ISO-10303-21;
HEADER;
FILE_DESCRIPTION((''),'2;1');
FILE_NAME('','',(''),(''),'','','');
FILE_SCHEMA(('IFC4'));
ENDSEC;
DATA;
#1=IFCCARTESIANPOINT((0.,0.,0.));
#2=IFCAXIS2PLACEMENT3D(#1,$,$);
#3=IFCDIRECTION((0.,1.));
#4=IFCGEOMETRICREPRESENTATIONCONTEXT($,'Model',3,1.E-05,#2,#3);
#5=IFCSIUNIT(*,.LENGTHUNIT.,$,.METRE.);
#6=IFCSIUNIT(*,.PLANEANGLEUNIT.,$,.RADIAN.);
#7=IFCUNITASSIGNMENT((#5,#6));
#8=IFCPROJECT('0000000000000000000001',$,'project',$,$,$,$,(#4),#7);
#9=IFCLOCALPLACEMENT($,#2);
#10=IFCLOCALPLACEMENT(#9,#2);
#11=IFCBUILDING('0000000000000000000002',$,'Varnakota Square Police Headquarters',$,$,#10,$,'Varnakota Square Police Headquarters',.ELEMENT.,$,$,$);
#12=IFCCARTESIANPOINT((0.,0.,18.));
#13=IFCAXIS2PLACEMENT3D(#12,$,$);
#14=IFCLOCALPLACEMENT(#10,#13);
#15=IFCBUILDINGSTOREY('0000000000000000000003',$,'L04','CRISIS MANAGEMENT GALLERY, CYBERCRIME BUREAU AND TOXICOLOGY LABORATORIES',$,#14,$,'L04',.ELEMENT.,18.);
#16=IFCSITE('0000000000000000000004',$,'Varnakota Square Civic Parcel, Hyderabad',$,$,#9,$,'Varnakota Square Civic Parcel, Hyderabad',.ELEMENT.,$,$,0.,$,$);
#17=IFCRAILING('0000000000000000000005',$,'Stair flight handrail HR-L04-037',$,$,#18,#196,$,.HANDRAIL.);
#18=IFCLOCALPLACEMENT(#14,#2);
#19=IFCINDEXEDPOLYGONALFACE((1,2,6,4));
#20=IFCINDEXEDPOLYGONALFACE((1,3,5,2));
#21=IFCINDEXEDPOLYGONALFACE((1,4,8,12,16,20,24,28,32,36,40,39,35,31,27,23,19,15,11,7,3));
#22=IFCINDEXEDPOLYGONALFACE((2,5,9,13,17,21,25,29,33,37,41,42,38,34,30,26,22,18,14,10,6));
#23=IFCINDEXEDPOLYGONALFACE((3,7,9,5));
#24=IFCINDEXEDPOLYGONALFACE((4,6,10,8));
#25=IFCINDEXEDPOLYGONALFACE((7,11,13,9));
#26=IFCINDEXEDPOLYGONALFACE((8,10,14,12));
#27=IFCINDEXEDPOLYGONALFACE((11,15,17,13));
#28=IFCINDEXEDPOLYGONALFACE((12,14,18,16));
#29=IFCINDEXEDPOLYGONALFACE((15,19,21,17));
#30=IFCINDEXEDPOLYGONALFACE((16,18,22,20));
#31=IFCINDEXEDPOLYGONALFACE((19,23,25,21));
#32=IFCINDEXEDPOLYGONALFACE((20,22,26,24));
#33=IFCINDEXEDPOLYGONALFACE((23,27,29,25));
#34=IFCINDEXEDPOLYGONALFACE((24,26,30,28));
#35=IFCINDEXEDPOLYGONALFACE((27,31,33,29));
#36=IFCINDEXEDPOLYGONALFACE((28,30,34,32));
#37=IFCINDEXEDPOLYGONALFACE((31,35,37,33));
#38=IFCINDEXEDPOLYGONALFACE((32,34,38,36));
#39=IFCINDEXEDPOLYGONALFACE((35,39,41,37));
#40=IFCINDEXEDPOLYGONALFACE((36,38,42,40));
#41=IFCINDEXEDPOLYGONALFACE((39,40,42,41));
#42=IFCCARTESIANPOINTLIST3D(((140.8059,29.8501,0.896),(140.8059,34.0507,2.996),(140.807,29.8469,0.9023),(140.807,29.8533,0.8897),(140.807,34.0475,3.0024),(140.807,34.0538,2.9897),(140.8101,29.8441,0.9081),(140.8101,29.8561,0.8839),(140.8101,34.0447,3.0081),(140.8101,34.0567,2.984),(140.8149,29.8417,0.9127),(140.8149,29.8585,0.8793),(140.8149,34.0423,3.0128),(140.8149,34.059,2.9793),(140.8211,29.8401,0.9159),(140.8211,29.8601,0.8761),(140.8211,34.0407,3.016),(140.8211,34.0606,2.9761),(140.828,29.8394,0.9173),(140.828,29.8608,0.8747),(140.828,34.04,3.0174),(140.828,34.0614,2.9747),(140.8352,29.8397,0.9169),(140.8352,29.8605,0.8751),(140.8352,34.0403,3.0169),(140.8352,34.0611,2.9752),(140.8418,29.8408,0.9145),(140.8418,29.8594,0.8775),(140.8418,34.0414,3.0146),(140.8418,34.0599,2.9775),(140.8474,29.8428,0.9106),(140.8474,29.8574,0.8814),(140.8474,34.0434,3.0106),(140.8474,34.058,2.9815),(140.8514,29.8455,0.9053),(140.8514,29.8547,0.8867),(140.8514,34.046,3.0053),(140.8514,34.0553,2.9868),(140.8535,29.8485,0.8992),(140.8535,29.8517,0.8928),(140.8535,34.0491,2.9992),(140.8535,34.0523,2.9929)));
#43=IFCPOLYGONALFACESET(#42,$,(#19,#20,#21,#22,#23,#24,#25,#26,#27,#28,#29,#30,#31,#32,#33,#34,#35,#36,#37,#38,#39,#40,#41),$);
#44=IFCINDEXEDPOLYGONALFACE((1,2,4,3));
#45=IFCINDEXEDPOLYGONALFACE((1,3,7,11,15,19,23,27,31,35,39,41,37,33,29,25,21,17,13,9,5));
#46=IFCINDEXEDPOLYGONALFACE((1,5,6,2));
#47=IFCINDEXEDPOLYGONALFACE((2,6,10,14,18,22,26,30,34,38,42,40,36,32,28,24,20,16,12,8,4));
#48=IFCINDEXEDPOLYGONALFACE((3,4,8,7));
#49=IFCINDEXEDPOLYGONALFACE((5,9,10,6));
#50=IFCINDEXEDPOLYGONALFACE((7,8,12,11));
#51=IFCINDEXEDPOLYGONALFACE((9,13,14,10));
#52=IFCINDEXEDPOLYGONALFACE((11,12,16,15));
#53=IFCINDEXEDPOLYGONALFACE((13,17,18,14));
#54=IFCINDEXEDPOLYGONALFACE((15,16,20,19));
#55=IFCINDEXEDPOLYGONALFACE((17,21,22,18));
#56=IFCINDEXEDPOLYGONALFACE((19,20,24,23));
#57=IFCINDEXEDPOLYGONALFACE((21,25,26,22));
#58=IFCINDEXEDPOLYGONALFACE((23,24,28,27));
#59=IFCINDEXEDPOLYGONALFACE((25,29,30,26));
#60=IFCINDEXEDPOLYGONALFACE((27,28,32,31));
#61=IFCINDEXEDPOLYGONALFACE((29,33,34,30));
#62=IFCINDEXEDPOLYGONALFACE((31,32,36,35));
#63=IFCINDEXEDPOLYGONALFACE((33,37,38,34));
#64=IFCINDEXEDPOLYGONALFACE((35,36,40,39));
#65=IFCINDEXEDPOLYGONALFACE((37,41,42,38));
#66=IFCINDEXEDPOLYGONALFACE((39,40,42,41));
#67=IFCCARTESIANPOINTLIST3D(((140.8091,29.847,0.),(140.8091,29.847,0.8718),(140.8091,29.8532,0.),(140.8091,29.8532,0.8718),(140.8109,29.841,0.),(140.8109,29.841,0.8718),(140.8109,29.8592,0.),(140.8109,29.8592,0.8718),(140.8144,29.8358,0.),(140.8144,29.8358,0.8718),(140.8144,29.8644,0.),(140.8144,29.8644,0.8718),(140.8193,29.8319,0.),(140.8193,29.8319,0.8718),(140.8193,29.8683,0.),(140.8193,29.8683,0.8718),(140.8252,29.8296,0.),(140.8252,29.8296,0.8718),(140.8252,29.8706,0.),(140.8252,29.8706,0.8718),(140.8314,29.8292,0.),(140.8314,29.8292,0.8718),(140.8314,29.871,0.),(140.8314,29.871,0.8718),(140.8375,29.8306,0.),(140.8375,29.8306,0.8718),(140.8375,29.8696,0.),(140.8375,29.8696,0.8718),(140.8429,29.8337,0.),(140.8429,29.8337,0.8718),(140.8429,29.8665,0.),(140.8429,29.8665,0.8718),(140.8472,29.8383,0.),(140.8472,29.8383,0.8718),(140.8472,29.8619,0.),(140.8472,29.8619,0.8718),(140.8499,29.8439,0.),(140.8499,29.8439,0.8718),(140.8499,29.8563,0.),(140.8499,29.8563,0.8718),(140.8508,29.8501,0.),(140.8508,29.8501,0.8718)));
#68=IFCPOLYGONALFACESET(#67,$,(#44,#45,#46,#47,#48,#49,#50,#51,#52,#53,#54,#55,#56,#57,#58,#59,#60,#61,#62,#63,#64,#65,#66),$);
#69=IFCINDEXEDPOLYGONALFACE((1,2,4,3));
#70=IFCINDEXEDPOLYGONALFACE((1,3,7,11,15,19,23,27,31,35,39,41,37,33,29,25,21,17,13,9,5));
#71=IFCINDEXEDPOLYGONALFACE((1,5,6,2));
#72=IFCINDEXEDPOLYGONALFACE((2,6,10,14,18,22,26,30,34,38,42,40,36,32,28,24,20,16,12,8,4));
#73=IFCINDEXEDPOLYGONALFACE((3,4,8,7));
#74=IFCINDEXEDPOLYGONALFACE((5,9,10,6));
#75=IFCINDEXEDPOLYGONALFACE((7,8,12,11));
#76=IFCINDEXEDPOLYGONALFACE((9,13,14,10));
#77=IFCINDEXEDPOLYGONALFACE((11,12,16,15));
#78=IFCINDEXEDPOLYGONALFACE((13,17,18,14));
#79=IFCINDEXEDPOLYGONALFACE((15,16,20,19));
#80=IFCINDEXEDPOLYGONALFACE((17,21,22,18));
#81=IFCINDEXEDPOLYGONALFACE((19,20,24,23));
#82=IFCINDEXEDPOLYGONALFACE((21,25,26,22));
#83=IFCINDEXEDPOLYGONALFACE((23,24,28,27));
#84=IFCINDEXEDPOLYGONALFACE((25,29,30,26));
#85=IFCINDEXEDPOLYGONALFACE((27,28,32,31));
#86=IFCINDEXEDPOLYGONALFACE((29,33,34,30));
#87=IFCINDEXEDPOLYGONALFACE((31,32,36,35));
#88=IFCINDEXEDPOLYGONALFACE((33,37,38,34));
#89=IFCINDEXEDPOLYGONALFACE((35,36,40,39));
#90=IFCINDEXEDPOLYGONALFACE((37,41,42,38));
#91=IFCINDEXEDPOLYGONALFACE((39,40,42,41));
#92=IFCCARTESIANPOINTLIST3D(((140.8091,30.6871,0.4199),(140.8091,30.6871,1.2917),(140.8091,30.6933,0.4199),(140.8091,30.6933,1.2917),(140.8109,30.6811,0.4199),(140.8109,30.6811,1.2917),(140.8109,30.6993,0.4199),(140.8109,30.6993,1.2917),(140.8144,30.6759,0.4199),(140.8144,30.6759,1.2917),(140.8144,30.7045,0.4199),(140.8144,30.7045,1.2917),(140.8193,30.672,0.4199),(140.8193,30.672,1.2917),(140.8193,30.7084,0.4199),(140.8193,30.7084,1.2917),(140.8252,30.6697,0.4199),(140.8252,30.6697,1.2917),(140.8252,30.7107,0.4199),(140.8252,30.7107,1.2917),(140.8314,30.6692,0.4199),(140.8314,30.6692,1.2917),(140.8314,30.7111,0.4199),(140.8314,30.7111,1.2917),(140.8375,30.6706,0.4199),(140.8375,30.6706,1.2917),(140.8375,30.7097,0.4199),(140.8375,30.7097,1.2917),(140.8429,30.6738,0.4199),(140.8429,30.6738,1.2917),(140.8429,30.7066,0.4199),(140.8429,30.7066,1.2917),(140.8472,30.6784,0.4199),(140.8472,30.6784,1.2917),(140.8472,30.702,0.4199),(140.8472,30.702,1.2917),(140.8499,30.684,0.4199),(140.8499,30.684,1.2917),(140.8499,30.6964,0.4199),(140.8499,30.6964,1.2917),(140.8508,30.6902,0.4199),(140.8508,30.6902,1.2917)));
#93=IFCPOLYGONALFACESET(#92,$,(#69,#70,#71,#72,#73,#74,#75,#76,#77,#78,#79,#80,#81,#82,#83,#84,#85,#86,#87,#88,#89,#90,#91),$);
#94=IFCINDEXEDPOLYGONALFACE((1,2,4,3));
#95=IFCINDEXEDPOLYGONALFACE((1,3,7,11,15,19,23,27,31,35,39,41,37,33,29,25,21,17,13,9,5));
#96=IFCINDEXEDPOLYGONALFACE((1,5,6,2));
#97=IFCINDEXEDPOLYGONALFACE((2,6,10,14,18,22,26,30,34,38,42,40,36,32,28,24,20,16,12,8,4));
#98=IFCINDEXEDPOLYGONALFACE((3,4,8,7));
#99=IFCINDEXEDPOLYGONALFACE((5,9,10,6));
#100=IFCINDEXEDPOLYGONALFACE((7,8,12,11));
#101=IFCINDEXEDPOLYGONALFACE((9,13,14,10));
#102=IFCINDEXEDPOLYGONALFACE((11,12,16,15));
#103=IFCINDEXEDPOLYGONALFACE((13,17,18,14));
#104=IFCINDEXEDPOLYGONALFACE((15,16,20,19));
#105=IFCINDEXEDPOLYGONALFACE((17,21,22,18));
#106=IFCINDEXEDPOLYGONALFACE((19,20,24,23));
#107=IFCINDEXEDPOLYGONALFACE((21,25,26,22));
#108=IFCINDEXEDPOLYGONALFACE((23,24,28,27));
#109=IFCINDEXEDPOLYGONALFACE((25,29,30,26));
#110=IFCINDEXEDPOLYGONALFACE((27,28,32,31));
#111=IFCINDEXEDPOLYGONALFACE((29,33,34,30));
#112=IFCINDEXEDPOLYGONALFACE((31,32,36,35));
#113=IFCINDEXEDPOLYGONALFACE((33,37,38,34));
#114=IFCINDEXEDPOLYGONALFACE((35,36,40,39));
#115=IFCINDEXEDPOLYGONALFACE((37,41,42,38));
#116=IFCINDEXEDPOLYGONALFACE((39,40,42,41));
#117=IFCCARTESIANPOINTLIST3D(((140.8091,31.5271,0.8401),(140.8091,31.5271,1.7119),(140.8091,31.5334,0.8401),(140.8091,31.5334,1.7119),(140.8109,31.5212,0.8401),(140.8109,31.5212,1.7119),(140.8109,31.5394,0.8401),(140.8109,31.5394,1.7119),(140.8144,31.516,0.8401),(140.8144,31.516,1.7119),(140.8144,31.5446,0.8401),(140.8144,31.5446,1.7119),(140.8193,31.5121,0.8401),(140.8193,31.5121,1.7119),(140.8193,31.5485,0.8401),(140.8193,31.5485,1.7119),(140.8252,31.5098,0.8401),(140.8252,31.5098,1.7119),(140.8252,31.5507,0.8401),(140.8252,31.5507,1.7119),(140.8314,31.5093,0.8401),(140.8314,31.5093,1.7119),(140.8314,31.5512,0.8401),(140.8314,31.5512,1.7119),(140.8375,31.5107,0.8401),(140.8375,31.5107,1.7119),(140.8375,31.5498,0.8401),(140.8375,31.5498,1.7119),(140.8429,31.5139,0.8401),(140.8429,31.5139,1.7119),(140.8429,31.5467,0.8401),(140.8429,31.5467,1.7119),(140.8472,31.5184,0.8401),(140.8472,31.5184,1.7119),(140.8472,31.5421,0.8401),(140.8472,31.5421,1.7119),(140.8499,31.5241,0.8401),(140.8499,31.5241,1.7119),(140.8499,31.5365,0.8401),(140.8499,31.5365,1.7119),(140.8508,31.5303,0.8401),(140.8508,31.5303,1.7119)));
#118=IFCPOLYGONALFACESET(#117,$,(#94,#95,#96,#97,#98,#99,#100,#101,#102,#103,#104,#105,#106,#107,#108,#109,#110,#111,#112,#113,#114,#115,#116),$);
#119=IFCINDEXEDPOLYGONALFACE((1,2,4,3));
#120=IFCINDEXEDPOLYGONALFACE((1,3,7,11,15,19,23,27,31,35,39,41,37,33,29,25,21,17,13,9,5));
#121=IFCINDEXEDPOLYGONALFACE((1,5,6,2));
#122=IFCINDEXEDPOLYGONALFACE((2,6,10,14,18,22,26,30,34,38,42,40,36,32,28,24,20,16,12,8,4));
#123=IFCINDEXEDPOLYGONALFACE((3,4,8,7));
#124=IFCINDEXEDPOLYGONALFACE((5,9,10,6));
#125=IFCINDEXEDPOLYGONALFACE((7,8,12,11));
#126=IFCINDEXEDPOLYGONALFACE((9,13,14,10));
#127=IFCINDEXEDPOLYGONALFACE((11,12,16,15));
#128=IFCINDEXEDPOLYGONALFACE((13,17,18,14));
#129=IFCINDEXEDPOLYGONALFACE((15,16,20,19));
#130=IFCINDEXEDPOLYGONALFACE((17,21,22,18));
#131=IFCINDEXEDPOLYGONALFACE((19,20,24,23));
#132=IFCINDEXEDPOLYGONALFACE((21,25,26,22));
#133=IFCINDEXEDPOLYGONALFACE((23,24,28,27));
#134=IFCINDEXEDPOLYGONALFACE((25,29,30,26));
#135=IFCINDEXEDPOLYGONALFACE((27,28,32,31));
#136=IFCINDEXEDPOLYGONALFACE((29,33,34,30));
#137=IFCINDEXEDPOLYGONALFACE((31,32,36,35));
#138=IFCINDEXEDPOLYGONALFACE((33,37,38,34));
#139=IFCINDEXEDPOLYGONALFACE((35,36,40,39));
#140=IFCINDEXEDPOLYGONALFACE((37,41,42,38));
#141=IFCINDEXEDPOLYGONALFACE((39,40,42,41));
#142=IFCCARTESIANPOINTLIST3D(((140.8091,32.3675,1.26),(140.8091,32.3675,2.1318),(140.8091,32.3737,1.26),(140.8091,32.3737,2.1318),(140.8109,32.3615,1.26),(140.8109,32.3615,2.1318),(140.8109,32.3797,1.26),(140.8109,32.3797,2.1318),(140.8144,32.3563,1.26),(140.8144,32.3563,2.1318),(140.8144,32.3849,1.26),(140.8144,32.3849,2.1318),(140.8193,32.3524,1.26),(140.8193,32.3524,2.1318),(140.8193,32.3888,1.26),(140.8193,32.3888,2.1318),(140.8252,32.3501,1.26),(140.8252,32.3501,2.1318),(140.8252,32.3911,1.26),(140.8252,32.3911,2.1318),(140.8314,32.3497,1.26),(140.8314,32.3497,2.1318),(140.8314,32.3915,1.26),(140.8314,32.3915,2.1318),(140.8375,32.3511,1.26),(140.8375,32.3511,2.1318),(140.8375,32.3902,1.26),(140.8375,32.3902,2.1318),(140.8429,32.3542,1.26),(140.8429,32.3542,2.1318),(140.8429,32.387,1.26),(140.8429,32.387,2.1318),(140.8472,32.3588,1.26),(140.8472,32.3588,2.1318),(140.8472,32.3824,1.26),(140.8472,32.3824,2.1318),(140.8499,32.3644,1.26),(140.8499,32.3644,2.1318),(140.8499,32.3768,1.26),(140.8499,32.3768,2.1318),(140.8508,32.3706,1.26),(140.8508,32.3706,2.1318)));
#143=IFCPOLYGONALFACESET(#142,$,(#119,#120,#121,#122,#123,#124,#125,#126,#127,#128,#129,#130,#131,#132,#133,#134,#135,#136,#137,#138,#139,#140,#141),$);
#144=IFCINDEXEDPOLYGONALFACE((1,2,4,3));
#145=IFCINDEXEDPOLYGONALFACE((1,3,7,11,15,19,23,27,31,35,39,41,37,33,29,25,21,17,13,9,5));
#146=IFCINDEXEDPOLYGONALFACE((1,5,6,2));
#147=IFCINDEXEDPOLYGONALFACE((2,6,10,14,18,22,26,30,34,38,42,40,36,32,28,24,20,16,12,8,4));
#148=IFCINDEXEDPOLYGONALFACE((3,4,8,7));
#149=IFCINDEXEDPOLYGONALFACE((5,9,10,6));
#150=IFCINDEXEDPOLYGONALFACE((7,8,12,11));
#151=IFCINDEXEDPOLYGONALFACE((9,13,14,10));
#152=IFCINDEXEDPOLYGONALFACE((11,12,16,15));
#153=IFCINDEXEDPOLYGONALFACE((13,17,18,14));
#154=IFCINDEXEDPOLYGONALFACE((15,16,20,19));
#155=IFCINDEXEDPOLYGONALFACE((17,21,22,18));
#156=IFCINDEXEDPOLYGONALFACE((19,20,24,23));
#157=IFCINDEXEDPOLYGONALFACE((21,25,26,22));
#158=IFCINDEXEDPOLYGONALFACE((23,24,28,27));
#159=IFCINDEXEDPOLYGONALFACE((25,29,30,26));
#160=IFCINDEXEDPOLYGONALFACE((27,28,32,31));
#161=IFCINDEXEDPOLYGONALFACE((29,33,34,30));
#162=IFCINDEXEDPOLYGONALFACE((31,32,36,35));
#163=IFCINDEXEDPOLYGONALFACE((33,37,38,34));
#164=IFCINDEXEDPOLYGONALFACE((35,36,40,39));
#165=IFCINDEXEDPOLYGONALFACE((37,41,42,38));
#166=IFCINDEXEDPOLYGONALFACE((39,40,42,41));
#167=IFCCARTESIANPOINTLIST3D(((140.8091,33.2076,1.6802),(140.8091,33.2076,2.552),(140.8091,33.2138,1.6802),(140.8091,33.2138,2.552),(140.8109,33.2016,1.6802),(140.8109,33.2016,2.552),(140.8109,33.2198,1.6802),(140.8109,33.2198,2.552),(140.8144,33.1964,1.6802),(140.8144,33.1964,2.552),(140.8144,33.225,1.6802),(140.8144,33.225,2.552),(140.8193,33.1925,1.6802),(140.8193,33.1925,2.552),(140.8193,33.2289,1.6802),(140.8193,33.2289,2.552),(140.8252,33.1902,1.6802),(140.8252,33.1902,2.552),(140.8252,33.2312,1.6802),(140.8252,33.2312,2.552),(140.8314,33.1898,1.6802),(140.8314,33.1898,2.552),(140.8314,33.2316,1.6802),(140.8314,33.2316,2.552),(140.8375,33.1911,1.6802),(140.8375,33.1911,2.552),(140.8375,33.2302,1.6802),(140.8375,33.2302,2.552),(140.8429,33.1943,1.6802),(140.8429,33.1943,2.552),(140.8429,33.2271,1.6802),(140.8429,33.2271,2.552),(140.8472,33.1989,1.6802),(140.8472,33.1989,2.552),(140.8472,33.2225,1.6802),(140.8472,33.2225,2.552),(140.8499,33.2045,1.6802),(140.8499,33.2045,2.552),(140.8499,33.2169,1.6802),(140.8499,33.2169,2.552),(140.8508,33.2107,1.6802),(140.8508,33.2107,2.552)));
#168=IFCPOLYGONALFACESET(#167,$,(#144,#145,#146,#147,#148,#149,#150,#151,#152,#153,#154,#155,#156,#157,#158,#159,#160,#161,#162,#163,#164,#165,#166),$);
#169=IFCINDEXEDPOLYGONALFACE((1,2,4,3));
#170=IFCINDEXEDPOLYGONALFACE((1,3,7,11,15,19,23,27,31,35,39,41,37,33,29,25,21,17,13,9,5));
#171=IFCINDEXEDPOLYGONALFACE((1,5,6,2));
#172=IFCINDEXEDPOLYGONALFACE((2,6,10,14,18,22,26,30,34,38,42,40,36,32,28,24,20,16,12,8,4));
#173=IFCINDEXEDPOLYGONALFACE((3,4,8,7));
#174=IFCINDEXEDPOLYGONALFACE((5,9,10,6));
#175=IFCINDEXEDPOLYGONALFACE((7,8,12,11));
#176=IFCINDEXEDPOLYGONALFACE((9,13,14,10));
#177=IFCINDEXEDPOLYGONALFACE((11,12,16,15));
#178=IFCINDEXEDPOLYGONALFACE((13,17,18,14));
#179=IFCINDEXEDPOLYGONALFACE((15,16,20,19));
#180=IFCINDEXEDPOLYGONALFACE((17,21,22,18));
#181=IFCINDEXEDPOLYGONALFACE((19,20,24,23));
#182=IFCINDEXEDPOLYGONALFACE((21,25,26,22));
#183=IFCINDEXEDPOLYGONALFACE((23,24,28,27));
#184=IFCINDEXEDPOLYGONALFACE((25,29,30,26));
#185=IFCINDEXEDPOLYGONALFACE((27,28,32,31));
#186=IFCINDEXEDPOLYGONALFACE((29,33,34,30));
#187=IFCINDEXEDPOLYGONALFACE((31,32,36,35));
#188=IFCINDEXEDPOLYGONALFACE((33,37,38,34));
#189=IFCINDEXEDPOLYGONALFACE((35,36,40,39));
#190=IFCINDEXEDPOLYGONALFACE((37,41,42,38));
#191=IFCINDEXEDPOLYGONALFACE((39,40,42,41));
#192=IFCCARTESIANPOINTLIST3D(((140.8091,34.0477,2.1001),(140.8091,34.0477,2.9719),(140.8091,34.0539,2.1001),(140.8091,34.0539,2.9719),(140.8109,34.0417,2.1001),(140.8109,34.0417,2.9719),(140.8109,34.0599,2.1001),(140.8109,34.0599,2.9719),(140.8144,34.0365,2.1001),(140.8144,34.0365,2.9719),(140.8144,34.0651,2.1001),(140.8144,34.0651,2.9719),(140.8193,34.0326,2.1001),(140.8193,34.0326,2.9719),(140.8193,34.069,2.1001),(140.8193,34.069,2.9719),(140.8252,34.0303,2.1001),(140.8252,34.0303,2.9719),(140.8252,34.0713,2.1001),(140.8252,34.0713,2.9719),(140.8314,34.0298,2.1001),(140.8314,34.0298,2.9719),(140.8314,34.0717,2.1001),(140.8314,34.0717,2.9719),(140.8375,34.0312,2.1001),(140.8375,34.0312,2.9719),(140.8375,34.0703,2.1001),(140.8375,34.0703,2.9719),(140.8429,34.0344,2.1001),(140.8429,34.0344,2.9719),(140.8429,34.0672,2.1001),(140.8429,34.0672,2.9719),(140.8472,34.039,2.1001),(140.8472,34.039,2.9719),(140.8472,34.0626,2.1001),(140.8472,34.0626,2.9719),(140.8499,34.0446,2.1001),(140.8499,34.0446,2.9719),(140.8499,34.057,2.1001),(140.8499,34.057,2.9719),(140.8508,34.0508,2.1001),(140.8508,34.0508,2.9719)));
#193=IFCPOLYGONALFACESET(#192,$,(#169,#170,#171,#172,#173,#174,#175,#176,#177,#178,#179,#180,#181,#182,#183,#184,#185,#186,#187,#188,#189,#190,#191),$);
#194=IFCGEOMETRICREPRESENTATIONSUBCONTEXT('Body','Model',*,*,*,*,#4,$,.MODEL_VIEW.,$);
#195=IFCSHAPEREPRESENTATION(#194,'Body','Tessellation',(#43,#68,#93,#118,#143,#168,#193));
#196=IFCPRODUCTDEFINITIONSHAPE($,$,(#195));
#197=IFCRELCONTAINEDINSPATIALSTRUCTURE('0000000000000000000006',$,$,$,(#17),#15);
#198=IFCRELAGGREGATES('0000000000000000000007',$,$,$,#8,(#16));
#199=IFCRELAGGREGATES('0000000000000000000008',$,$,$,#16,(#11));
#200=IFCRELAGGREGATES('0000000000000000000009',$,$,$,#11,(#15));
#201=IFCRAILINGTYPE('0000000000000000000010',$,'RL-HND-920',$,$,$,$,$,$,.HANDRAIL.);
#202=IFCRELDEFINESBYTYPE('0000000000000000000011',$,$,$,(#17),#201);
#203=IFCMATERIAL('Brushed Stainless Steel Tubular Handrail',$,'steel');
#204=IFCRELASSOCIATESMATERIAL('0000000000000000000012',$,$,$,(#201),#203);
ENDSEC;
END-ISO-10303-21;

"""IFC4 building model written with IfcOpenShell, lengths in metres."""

from ifc_helpers import new_model, si_unit, direction, frame, origin, origin_2d, place, context, subcontext, project, spatial, circle, extrude, material, type_object, element, save


model = new_model("IFC4")

# Units and contexts
model_context = context("Model", 3, precision=1e-05, world=origin(), true_north=direction((0.0, 1.0)))
body_context = subcontext(model_context, "Body", "Model", "MODEL_VIEW")
ifc_project = project(units=[si_unit("LENGTHUNIT", "METRE"), si_unit("PLANEANGLEUNIT", "RADIAN")], contexts=[model_context])

# Site, building, storey
site_placement = place(None, origin())
site = spatial("IfcSite", under=ifc_project, at=site_placement, Name="Varnakota Square Civic Parcel, Hyderabad", LongName="Varnakota Square Civic Parcel, Hyderabad", CompositionType="ELEMENT", RefElevation=0.0)
building_placement = place(site_placement, origin())
building = spatial("IfcBuilding", under=site, at=building_placement, Name="Varnakota Square Police Headquarters", LongName="Varnakota Square Police Headquarters", CompositionType="ELEMENT")
storey_placement = place(building_placement, frame((0.0, 0.0, 18.0)))
storey = spatial("IfcBuildingStorey", under=building, at=storey_placement, Name="L04", Description="CRISIS MANAGEMENT GALLERY, CYBERCRIME BUREAU AND TOXICOLOGY LABORATORIES", LongName="L04", CompositionType="ELEMENT", Elevation=18.0)

# Railing
ifc_material_1 = material(Name="Brushed Stainless Steel Tubular Handrail", Category="steel")
railing_type_1 = type_object("IfcRailingType", Name="RL-HND-920", PredefinedType="HANDRAIL", material=ifc_material_1)
railing_1_placement = place(storey_placement, frame((140.8298, 29.8501, 0.0)))
element("IfcRailing", 1, at=railing_1_placement, inside=storey, type_object=railing_type_1, Name="Stair flight handrail HR-L04-037", PredefinedType="HANDRAIL", context=body_context, shape_type="SweptSolid", body=[
    extrude(circle(Radius=0.0239, at=origin_2d()), frame((0.0, 0.0, 0.896), z_axis=(0.0, 0.894448, 0.447172), x_axis=(-1.0, 0.0, 0.0)), (0.0, 0.0, 1.0), 4.6963),
    extrude(circle(Radius=0.021, at=origin_2d()), origin(), (0.0, 0.0, 1.0), 0.8718),
    extrude(circle(Radius=0.021, at=origin_2d()), frame((0.0, 0.8401, 0.4199)), (0.0, 0.0, 1.0), 0.8718),
    extrude(circle(Radius=0.021, at=origin_2d()), frame((0.0, 1.6802, 0.8401)), (0.0, 0.0, 1.0), 0.8718),
    extrude(circle(Radius=0.021, at=origin_2d()), frame((0.0, 2.5205, 1.26)), (0.0, 0.0, 1.0), 0.8718),
    extrude(circle(Radius=0.021, at=origin_2d()), frame((0.0, 3.3606, 1.6802)), (0.0, 0.0, 1.0), 0.8718),
    extrude(circle(Radius=0.021, at=origin_2d()), frame((0.0, 4.2007, 2.1001)), (0.0, 0.0, 1.0), 0.8718),
])

save(model, "model.ifc")
